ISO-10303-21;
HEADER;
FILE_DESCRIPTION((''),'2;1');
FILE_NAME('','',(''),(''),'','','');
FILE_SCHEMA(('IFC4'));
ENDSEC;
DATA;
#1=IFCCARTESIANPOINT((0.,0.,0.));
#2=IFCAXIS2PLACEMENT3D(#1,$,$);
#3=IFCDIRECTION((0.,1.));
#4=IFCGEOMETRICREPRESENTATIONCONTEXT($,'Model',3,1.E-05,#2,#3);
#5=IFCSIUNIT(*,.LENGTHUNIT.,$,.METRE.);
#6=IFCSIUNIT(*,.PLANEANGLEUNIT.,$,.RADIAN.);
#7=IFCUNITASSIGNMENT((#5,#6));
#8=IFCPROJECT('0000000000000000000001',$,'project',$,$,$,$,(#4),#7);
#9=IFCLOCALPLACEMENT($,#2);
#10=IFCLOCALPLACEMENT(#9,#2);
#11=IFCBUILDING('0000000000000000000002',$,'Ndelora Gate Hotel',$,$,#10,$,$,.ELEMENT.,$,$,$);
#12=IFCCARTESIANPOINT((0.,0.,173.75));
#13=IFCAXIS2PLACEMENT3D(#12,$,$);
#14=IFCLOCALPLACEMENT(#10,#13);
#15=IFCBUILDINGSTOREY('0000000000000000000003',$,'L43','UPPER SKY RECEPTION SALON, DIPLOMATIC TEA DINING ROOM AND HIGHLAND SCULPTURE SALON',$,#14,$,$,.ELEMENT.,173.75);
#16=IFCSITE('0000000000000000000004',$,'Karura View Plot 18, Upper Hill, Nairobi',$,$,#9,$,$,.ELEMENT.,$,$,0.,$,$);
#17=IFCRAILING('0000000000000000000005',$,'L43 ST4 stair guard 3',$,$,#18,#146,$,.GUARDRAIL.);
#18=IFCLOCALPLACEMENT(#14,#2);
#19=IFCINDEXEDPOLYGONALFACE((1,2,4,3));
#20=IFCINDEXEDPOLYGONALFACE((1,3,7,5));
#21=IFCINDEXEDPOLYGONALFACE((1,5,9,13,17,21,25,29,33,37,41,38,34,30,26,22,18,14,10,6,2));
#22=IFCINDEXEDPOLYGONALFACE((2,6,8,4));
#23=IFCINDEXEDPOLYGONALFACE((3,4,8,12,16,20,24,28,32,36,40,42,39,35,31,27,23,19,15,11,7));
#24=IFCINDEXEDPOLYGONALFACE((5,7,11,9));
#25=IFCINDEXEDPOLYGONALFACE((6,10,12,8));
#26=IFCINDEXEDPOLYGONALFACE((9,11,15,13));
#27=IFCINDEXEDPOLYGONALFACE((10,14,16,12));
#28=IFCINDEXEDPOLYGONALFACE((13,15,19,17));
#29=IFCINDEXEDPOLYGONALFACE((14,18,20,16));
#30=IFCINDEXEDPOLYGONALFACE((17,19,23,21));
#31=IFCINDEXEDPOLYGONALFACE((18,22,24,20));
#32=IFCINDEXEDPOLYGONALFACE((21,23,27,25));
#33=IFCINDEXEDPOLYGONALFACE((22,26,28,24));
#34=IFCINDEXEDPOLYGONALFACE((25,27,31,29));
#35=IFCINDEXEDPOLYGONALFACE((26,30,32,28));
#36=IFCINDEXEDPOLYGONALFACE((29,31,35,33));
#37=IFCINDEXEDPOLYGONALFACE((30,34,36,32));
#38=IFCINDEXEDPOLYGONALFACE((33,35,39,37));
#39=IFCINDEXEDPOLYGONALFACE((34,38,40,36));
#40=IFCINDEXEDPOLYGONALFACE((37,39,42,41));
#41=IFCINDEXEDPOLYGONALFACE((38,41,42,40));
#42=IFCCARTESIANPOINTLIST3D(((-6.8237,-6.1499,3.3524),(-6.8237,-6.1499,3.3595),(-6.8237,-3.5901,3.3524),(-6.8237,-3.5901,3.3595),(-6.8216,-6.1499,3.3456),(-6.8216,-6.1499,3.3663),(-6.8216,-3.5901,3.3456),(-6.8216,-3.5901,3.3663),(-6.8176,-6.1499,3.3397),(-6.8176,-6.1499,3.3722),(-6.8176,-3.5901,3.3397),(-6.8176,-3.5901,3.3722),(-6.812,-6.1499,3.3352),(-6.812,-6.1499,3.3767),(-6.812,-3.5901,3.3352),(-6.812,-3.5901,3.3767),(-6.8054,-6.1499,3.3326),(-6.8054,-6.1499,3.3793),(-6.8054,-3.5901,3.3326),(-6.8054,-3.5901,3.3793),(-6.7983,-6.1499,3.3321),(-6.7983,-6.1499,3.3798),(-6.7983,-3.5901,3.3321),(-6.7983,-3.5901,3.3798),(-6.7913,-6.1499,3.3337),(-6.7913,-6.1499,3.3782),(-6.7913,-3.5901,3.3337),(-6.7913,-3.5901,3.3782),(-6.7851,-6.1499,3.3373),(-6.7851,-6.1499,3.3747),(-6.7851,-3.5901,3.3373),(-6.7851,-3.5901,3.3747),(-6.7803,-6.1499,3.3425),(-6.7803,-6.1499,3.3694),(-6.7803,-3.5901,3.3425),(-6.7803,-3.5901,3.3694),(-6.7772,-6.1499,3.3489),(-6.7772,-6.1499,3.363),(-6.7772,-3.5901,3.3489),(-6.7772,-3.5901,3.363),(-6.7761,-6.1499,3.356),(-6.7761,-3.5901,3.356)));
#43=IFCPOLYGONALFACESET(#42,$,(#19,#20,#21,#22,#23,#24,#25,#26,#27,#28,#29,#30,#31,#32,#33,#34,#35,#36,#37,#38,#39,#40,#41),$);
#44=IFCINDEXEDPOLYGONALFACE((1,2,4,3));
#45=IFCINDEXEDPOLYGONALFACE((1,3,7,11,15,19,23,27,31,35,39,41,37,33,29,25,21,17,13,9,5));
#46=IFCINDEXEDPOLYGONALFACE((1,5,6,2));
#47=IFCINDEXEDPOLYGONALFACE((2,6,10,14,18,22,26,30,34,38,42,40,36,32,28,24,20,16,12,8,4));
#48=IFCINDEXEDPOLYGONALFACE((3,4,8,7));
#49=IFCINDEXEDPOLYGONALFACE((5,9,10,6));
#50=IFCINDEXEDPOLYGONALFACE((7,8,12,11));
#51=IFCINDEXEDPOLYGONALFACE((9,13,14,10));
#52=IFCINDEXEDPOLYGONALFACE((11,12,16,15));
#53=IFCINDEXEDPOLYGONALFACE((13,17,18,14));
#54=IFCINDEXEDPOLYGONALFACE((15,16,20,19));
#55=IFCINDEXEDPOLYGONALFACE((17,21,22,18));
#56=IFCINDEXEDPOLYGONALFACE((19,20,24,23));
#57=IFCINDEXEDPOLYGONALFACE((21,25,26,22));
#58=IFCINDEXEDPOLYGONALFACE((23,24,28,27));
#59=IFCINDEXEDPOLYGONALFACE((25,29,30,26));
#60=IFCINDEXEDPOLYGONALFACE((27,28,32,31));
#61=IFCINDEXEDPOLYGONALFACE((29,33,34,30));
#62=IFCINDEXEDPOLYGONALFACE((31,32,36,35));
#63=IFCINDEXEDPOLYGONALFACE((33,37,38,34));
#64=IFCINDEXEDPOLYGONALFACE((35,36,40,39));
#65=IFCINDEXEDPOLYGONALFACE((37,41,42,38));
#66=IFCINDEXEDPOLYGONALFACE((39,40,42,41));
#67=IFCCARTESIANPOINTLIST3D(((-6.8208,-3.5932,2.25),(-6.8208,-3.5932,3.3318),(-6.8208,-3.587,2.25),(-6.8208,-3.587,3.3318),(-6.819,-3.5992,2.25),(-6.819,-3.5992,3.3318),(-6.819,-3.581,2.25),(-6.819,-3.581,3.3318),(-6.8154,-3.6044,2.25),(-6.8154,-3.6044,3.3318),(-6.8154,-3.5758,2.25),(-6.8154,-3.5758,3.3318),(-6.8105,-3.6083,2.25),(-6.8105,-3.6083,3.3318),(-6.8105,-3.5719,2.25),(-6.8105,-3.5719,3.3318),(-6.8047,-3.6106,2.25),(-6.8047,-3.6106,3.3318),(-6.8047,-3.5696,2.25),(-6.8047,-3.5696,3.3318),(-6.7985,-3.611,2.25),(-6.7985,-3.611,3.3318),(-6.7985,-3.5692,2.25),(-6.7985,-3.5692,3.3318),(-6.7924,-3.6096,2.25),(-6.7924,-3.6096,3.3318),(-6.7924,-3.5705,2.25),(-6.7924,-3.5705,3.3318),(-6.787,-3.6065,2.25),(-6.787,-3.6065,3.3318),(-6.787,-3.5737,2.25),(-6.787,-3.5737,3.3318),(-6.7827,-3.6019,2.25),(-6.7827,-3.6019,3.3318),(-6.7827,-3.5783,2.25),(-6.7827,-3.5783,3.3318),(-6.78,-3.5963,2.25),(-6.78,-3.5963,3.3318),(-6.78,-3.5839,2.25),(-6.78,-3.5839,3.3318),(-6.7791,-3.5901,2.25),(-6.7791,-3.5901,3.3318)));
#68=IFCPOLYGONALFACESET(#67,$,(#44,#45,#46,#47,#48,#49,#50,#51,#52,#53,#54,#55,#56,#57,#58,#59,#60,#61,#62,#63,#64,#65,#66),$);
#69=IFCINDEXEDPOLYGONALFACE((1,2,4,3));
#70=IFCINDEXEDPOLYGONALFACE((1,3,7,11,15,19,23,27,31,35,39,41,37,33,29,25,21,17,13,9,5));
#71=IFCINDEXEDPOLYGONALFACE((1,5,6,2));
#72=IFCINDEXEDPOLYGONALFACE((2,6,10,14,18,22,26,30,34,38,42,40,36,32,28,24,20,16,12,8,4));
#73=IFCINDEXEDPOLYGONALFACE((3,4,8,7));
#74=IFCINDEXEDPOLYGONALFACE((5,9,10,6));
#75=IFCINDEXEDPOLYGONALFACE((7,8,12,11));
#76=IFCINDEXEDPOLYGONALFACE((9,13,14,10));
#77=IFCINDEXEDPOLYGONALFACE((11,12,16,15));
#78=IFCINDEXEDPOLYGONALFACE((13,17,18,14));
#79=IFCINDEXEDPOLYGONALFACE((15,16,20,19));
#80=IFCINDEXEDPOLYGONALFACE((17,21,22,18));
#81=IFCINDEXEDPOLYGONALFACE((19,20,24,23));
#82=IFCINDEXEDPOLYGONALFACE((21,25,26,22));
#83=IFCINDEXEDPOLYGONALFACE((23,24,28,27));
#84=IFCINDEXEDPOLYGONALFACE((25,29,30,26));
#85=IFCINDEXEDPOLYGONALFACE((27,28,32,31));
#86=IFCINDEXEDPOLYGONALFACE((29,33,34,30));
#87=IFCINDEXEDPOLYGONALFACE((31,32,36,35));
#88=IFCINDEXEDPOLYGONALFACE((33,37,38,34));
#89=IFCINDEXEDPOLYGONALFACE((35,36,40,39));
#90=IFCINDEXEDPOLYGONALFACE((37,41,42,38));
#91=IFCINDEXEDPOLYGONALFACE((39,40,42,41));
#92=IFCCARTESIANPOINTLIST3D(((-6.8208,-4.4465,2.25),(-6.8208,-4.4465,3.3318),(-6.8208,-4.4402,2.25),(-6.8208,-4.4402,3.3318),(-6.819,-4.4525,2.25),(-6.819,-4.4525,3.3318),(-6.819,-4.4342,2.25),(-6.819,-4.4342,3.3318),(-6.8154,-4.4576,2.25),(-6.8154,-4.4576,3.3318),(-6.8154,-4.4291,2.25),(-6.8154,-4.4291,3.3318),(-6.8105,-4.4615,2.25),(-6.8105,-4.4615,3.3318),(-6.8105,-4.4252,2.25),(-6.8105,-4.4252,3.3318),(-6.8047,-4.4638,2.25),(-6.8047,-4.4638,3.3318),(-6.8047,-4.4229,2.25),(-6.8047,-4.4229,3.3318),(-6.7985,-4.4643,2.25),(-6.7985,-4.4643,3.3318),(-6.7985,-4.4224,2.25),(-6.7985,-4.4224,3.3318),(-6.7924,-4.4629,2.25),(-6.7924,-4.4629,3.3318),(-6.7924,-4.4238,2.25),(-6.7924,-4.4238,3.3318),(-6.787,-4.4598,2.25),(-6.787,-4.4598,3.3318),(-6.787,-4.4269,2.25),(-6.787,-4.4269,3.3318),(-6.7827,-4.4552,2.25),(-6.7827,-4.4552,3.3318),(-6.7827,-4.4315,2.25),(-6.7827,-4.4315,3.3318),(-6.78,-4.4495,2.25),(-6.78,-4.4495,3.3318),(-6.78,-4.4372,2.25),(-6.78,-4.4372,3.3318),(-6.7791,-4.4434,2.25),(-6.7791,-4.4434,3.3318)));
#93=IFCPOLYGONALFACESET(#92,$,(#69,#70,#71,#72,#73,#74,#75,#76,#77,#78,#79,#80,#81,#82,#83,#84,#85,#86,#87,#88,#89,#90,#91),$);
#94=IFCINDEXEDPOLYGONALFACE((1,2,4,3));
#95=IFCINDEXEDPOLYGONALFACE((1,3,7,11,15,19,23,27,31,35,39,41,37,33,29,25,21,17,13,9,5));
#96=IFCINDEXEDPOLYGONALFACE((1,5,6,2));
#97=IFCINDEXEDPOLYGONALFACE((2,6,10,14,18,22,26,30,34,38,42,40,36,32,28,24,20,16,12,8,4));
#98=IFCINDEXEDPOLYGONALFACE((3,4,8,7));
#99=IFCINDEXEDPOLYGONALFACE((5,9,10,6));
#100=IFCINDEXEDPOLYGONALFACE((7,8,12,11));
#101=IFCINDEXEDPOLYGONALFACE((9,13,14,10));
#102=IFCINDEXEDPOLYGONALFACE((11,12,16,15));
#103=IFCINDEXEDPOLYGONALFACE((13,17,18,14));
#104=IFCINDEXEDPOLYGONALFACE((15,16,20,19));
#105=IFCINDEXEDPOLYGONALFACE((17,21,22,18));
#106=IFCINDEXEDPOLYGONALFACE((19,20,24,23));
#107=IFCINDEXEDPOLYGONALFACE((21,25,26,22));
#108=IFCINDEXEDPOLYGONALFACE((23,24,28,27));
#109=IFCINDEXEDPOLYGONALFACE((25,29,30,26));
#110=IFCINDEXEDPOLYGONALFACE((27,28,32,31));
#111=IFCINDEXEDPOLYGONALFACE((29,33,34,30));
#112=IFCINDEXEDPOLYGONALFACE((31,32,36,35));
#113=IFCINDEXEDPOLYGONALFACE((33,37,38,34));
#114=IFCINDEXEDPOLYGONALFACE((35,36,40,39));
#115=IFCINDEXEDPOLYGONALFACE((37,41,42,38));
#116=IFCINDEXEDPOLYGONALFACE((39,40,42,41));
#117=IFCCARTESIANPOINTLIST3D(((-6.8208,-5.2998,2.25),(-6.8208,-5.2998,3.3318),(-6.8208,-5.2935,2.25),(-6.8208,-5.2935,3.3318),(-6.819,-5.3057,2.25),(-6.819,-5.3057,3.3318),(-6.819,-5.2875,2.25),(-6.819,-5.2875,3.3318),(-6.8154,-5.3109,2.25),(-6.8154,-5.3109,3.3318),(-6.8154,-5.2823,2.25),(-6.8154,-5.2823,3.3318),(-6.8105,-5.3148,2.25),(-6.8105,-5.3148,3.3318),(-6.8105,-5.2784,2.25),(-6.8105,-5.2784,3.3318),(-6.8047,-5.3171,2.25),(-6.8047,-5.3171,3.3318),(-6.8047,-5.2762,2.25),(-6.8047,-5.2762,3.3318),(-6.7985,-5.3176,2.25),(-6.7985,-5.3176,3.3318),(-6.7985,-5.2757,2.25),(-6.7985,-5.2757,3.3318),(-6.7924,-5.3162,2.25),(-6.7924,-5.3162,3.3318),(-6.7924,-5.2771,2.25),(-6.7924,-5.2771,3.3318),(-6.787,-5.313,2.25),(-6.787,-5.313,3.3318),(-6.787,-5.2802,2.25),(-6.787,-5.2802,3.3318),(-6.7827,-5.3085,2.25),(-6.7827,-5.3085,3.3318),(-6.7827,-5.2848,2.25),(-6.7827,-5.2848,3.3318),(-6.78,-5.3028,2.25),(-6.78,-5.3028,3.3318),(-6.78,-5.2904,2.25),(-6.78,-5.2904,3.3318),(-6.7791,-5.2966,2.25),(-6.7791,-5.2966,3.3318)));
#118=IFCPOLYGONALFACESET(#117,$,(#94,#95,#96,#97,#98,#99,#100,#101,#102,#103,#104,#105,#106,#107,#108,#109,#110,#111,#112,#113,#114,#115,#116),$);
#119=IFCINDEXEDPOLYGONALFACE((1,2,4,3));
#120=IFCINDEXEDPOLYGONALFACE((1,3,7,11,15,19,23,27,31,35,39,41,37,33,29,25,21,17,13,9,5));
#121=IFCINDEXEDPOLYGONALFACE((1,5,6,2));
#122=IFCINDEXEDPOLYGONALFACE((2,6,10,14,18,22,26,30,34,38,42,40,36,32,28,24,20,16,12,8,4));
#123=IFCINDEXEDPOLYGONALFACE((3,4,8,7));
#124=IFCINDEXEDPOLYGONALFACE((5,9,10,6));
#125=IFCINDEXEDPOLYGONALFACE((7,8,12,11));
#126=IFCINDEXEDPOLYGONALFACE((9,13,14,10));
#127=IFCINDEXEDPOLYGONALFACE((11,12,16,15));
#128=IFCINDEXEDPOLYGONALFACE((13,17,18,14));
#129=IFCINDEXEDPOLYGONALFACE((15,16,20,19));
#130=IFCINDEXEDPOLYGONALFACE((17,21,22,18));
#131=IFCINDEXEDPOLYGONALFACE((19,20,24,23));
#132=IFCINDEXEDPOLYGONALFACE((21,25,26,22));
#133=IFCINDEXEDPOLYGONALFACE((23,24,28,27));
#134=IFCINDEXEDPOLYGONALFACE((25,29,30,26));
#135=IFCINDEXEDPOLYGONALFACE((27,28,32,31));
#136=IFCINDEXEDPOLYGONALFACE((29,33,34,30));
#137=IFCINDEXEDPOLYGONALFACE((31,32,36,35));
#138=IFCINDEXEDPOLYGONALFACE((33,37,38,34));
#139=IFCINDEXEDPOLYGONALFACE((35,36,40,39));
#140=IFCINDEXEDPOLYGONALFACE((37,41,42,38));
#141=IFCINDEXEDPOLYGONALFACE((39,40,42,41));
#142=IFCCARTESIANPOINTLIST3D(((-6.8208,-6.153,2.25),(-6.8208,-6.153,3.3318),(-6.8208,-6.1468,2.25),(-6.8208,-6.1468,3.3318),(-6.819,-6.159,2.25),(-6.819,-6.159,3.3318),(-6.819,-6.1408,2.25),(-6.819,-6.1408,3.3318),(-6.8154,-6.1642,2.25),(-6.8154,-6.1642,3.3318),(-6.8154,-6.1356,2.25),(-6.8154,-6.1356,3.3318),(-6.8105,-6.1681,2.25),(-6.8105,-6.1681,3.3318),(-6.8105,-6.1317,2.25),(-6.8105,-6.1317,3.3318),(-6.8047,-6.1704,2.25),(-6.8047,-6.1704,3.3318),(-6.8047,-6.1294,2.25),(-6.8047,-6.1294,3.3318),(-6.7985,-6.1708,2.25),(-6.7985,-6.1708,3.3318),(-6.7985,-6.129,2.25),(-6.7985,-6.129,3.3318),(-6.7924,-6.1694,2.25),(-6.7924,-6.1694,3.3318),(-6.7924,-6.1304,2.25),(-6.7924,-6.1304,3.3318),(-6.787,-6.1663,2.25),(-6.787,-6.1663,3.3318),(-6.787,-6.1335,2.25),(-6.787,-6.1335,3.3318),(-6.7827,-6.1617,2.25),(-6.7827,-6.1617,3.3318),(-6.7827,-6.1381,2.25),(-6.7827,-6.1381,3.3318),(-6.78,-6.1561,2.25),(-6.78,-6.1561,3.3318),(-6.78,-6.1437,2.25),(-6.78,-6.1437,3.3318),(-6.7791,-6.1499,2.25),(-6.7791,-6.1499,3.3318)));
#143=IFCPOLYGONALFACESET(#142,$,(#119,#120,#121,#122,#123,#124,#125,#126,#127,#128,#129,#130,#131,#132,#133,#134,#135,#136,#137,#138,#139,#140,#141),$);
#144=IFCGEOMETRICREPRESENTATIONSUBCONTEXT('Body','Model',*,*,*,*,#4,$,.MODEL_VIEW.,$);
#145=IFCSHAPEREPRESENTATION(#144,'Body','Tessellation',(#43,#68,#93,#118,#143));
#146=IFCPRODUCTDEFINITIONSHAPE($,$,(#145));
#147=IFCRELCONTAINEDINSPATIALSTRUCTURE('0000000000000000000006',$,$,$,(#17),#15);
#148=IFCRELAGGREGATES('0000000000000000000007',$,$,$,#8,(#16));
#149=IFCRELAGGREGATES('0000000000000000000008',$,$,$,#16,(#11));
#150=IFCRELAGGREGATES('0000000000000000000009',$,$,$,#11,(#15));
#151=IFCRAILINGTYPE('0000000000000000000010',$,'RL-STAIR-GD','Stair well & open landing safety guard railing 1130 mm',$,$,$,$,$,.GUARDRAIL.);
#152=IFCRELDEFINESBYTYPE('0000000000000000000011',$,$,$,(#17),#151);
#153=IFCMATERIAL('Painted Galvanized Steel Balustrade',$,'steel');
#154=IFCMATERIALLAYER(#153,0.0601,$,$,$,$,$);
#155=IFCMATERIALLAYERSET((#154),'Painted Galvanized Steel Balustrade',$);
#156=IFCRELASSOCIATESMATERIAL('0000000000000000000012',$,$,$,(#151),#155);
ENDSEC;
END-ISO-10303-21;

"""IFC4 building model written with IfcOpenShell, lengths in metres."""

from ifc_helpers import new_model, si_unit, direction, frame, origin, origin_2d, place, context, subcontext, project, spatial, circle, extrude, material, layer, layer_set, type_object, element, save


model = new_model("IFC4")

# Units and contexts
model_context = context("Model", 3, precision=1e-05, world=origin(), true_north=direction((0.0, 1.0)))
body_context = subcontext(model_context, "Body", "Model", "MODEL_VIEW")
ifc_project = project(units=[si_unit("LENGTHUNIT", "METRE"), si_unit("PLANEANGLEUNIT", "RADIAN")], contexts=[model_context])

# Site, building, storey
site_placement = place(None, origin())
site = spatial("IfcSite", under=ifc_project, at=site_placement, Name="Karura View Plot 18, Upper Hill, Nairobi", CompositionType="ELEMENT", RefElevation=0.0)
building_placement = place(site_placement, origin())
building = spatial("IfcBuilding", under=site, at=building_placement, Name="Ndelora Gate Hotel", CompositionType="ELEMENT")
storey_placement = place(building_placement, frame((0.0, 0.0, 173.75)))
storey = spatial("IfcBuildingStorey", under=building, at=storey_placement, Name="L43", Description="UPPER SKY RECEPTION SALON, DIPLOMATIC TEA DINING ROOM AND HIGHLAND SCULPTURE SALON", CompositionType="ELEMENT", Elevation=173.75)

# Railing
ifc_material_1 = material(Name="Painted Galvanized Steel Balustrade", Category="steel")
ifc_layer_1 = layer(ifc_material_1, 0.0601)
ifc_layer_set_1 = layer_set([ifc_layer_1], Name="Painted Galvanized Steel Balustrade")
railing_type_1 = type_object("IfcRailingType", Name="RL-STAIR-GD", Description="Stair well & open landing safety guard railing 1130 mm", PredefinedType="GUARDRAIL", material=ifc_layer_set_1)
for number, where, name in (
    (1, (-6.8, -3.5901, 2.25), "L43 ST4 stair guard 3"),
):
    element("IfcRailing", number, at=place(storey_placement, frame(where)), inside=storey, type_object=railing_type_1, Name=name, PredefinedType="GUARDRAIL", context=body_context, shape_type="SweptSolid", body=[
        extrude(circle(Radius=0.0239, at=origin_2d()), frame((0.0, 0.0, 1.106), z_axis=(0.0, -1.0, 0.0), x_axis=(1.0, 0.0, 0.0)), (0.0, 0.0, 1.0), 2.5598),
        extrude(circle(Radius=0.021, at=origin_2d()), origin(), (0.0, 0.0, 1.0), 1.0818),
        extrude(circle(Radius=0.021, at=origin_2d()), frame((0.0, -0.8533, 0.0)), (0.0, 0.0, 1.0), 1.0818),
        extrude(circle(Radius=0.021, at=origin_2d()), frame((0.0, -1.7065, 0.0)), (0.0, 0.0, 1.0), 1.0818),
        extrude(circle(Radius=0.021, at=origin_2d()), frame((0.0, -2.5598, 0.0)), (0.0, 0.0, 1.0), 1.0818),
    ])

save(model, "model.ifc")
